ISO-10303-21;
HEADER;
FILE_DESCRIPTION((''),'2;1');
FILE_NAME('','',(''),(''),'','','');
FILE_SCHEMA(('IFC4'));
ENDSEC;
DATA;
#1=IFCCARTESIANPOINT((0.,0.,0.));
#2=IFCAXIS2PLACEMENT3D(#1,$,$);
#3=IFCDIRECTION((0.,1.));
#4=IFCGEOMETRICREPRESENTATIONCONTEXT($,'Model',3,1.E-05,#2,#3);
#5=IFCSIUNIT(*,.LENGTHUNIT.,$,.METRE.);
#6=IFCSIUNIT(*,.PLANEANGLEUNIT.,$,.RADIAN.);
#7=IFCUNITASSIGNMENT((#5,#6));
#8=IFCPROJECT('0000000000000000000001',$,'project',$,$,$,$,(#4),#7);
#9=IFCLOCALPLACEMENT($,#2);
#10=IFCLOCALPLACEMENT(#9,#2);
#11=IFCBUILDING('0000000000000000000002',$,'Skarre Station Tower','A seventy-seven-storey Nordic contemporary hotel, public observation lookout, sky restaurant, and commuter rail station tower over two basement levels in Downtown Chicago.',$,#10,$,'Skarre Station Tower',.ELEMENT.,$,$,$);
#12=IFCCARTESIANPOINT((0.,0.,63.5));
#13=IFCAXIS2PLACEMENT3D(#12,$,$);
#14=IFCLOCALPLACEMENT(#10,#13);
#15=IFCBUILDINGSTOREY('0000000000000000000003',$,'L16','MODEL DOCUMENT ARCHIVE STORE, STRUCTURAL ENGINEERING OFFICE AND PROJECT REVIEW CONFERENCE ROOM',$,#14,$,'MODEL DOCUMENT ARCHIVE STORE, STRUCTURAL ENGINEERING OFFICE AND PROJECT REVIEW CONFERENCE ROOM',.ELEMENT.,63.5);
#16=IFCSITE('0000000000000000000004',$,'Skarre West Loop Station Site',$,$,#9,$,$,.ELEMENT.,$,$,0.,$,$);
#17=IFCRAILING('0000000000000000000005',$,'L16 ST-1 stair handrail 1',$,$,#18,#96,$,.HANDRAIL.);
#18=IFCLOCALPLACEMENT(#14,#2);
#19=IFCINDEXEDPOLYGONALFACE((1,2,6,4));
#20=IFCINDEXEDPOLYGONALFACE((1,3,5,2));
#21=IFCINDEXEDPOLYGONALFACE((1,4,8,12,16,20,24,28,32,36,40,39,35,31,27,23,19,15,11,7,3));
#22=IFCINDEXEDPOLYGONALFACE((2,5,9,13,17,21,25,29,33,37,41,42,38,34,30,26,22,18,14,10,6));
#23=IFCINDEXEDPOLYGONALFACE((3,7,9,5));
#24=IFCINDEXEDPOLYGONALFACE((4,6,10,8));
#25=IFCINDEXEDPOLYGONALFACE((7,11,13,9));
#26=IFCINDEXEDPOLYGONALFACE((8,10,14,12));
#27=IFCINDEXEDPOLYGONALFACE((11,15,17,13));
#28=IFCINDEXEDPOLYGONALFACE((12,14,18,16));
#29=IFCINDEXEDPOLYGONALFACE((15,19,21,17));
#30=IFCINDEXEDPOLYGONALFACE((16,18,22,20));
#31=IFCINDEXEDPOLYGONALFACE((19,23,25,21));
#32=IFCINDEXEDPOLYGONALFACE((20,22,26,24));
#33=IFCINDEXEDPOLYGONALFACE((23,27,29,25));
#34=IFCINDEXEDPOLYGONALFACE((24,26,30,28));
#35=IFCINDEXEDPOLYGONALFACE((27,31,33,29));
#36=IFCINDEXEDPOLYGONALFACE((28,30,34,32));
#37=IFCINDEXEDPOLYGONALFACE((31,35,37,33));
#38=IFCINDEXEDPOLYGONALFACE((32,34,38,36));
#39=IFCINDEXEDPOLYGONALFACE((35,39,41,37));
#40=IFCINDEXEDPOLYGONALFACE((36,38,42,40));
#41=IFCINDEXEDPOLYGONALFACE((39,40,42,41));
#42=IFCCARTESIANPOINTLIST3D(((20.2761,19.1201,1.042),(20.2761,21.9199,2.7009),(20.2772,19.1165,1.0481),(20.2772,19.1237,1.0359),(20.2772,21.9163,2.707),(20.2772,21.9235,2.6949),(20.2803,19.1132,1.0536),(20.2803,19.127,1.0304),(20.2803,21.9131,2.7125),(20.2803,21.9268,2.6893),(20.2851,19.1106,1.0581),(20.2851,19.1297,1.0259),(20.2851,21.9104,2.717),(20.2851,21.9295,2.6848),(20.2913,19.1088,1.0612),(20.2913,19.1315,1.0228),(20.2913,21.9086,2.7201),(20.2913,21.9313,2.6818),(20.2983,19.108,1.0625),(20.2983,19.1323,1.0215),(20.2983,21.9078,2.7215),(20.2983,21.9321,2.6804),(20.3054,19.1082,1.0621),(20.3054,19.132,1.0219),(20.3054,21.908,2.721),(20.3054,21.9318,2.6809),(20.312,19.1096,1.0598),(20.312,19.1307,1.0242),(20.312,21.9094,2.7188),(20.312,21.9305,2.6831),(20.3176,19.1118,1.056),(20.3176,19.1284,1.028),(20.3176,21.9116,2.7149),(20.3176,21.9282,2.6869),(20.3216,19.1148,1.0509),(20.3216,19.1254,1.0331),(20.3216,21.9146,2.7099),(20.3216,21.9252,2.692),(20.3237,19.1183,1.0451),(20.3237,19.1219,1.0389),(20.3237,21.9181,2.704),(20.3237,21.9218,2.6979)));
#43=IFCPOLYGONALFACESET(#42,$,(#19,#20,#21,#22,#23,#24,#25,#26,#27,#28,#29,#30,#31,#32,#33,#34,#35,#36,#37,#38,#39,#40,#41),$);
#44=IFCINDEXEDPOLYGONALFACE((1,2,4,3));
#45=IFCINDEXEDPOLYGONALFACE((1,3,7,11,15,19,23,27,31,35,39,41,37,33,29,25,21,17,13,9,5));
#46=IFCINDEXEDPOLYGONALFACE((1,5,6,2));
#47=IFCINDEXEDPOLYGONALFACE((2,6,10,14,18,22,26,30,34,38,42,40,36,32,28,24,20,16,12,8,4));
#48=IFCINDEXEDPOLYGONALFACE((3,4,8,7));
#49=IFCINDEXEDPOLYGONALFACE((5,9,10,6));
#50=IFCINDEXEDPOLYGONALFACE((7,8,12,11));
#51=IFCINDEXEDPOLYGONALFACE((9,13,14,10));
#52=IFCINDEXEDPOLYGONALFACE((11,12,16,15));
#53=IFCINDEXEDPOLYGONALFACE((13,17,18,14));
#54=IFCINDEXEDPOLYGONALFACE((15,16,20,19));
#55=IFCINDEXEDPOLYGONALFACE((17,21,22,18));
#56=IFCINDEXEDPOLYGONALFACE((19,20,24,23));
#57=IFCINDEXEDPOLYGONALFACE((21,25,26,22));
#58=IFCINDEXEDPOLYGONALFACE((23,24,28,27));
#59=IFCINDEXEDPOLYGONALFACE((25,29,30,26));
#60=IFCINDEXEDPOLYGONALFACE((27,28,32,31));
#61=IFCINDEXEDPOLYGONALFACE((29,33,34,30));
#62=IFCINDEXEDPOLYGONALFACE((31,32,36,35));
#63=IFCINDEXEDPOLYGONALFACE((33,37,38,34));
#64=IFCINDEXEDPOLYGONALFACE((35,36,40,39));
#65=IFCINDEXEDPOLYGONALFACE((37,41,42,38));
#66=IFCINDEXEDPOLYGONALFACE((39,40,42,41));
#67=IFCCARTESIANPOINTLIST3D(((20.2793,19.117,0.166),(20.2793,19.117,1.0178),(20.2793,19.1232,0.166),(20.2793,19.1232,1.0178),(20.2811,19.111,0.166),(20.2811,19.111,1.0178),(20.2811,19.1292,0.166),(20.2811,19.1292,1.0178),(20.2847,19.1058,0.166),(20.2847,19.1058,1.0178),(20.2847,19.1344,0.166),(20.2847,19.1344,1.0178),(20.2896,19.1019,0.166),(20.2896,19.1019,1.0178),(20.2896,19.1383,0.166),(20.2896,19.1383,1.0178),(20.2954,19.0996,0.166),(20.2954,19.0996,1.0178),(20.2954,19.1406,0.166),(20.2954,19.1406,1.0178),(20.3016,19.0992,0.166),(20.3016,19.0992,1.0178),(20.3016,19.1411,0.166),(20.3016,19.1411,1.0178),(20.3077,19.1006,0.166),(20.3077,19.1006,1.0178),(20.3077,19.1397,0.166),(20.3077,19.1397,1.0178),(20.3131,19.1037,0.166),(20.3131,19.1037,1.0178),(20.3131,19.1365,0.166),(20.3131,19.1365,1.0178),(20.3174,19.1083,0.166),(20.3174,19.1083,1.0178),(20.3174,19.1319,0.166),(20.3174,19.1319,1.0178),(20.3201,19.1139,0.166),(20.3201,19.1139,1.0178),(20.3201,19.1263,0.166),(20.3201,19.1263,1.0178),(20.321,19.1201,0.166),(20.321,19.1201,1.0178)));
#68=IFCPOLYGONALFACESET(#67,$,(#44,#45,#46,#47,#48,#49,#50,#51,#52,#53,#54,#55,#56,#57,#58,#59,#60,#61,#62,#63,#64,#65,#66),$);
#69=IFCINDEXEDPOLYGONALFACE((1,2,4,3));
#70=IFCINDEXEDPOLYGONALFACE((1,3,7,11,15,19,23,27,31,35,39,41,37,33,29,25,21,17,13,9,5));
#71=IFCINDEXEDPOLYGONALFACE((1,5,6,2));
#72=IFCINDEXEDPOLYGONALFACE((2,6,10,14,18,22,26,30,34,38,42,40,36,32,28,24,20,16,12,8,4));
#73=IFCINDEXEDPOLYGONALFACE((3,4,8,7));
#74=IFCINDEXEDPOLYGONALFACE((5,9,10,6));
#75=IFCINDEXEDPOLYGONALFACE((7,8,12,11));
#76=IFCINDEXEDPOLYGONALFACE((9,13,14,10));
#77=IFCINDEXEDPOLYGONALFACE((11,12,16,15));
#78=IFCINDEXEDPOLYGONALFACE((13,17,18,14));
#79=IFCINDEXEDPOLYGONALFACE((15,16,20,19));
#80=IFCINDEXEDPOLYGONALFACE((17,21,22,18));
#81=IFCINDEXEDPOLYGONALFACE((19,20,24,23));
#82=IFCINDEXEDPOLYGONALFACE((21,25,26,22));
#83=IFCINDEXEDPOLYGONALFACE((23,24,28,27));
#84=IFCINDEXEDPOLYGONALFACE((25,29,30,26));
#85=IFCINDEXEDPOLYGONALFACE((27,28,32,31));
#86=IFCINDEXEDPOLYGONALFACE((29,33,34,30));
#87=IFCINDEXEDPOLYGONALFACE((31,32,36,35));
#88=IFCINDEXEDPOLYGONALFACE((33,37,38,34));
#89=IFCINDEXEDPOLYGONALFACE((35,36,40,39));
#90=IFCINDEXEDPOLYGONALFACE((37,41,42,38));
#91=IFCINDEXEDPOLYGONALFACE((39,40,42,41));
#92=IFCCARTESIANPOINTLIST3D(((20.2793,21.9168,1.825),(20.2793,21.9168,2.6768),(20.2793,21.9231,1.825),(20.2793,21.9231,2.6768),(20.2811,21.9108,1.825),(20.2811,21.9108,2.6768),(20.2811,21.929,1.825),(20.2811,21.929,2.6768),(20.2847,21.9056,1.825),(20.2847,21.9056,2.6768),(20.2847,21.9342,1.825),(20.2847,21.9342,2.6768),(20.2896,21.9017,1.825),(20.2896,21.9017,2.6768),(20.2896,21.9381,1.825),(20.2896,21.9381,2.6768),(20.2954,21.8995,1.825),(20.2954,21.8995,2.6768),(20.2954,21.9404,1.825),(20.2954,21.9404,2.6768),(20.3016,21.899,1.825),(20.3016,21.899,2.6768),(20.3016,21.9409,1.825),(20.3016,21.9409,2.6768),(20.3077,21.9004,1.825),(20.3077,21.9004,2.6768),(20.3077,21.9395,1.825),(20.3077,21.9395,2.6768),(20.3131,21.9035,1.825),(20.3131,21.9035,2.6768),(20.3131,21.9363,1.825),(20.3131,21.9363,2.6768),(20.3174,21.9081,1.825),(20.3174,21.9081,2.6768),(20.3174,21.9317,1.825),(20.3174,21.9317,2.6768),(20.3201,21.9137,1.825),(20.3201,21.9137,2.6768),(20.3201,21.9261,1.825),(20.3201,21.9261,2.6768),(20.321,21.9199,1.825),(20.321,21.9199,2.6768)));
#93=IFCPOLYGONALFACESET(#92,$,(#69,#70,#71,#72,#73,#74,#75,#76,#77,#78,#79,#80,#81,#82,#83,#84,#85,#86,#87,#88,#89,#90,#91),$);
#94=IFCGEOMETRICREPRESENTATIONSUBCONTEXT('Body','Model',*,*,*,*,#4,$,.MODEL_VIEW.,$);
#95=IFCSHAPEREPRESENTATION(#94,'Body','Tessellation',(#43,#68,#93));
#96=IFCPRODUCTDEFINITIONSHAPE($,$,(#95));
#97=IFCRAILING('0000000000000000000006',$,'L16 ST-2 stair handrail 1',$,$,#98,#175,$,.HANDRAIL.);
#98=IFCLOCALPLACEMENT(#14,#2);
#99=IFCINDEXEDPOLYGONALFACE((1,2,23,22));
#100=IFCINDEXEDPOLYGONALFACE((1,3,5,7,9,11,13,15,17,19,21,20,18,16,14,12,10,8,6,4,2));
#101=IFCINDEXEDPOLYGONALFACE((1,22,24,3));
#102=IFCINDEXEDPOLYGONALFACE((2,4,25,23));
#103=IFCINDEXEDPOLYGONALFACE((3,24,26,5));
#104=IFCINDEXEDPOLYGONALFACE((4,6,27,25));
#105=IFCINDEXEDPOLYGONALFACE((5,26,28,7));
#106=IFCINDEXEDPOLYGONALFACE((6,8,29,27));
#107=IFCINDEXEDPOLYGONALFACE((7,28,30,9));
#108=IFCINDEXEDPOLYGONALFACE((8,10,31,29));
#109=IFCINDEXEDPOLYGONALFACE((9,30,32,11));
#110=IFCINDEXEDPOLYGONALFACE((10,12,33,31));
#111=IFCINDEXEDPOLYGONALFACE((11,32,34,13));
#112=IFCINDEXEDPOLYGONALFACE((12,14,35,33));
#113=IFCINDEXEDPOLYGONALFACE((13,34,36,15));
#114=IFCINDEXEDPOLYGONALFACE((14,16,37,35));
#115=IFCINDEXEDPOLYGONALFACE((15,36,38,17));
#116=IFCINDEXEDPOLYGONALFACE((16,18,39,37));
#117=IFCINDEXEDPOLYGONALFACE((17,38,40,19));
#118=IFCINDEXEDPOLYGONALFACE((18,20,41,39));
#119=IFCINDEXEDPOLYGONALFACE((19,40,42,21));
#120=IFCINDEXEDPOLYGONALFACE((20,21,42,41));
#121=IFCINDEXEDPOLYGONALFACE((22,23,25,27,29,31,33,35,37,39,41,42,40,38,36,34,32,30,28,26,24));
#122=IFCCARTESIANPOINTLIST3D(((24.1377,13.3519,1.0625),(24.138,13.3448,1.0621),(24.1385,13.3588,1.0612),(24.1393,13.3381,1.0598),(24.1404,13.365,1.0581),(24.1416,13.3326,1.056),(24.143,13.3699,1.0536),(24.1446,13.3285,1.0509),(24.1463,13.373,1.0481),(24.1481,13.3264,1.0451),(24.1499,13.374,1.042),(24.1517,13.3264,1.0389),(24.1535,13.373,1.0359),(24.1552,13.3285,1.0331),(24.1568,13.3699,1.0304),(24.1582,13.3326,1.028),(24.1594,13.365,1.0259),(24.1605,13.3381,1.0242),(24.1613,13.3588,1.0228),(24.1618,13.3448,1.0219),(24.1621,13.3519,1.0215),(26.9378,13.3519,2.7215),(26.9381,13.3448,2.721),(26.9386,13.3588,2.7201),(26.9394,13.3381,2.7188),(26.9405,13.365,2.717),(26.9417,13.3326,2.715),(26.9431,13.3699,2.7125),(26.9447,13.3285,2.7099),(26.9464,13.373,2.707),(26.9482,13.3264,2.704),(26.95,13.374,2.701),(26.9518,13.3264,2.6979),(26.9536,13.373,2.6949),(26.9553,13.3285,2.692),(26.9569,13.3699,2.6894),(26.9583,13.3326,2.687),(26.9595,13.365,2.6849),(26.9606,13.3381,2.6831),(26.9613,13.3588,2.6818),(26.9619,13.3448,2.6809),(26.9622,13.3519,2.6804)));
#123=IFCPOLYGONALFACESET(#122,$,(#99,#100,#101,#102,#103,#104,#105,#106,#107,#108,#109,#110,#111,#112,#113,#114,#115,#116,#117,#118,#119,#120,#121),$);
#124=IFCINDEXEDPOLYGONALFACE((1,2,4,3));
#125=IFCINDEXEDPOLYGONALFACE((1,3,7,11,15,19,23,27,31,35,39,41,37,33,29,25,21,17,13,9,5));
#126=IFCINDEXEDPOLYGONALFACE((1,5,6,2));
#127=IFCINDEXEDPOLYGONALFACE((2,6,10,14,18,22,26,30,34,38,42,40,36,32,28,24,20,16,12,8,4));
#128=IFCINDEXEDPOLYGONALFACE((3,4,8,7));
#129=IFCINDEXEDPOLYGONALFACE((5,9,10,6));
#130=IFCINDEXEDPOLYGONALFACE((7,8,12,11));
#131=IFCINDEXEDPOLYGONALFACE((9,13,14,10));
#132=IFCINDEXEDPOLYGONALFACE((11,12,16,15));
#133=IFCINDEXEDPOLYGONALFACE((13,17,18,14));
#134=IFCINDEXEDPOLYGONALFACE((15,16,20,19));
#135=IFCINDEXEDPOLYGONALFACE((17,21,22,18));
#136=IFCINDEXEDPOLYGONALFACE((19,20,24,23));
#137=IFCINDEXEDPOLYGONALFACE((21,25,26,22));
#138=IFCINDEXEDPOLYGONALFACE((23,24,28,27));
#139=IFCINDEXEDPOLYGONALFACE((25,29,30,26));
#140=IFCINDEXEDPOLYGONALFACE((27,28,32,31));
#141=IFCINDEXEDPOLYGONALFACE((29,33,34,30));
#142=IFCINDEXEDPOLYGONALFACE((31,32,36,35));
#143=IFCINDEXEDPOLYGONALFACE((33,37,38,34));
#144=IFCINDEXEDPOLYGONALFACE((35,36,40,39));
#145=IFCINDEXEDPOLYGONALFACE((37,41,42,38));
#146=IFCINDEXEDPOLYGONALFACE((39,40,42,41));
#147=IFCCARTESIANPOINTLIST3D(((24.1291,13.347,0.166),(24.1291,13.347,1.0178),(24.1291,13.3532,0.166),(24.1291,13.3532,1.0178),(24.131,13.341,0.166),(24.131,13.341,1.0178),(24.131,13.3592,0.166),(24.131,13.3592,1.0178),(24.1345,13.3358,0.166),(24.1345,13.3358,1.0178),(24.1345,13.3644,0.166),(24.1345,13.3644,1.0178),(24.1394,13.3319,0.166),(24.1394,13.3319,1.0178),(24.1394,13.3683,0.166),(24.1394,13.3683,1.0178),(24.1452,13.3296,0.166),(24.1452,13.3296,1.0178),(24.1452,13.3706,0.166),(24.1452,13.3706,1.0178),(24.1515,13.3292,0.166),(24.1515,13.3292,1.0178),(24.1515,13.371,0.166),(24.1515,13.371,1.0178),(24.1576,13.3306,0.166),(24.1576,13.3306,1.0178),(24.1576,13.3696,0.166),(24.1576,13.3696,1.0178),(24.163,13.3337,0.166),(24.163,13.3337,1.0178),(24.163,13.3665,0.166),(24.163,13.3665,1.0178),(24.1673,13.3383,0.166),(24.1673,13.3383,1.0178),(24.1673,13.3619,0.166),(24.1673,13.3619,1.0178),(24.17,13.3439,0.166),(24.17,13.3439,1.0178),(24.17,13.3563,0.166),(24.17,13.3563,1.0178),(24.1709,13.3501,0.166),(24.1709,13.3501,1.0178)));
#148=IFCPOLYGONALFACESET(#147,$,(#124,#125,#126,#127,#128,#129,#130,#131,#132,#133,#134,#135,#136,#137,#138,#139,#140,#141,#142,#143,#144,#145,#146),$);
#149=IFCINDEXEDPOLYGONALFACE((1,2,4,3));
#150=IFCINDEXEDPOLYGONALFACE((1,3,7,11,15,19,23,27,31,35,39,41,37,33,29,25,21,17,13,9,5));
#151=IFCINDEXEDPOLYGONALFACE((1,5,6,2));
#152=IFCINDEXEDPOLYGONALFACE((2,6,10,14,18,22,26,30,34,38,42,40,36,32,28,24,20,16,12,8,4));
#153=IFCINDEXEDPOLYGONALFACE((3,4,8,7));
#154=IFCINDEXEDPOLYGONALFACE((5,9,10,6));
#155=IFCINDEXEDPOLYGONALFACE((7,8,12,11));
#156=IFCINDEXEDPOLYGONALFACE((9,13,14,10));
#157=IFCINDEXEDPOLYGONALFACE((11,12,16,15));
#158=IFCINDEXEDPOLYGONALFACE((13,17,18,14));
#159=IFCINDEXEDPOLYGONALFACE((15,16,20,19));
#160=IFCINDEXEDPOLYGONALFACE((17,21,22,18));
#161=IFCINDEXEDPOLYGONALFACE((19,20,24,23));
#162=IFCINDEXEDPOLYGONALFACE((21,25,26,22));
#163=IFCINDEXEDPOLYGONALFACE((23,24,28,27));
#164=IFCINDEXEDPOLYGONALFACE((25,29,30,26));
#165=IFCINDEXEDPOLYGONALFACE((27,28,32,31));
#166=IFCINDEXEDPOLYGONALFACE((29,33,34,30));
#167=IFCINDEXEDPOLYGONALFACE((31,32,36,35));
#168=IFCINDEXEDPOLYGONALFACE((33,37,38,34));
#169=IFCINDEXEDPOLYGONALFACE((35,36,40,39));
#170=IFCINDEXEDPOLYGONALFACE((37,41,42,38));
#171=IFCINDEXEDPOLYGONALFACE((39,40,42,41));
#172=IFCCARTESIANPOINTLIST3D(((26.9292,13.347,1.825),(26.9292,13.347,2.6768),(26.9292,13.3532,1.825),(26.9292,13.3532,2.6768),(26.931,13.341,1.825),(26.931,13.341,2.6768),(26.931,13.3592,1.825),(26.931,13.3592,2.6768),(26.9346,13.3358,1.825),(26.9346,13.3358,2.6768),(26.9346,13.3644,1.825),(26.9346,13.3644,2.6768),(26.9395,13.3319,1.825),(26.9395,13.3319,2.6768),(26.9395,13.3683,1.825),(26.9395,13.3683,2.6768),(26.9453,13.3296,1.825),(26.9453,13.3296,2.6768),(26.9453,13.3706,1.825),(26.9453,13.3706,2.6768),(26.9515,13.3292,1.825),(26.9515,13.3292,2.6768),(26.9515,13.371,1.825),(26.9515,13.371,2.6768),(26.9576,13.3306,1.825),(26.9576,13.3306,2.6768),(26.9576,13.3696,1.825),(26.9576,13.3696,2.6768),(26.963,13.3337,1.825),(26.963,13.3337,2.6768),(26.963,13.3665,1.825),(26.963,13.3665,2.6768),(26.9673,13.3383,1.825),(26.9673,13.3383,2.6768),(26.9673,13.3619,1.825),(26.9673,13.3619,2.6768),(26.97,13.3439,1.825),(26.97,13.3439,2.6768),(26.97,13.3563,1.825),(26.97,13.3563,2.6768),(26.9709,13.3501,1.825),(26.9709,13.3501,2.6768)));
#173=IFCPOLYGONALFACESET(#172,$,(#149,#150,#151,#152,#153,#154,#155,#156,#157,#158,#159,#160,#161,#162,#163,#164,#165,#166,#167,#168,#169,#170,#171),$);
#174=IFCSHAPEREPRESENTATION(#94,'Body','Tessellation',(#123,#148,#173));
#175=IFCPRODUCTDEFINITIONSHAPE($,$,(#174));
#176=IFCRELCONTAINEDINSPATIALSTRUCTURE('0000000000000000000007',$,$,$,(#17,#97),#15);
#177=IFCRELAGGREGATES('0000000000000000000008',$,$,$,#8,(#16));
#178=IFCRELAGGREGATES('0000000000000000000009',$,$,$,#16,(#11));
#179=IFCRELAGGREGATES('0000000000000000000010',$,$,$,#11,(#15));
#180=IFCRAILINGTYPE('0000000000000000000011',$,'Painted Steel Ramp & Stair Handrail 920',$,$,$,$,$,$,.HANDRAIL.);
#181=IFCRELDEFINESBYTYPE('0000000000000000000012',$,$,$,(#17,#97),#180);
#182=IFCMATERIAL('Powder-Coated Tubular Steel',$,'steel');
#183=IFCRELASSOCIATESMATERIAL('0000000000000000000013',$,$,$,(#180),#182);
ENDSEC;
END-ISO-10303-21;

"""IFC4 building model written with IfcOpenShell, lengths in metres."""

from ifc_helpers import new_model, si_unit, direction, frame, origin, origin_2d, place, context, subcontext, project, spatial, circle, extrude, material, type_object, element, save


model = new_model("IFC4")

# Units and contexts
model_context = context("Model", 3, precision=1e-05, world=origin(), true_north=direction((0.0, 1.0)))
body_context = subcontext(model_context, "Body", "Model", "MODEL_VIEW")
ifc_project = project(units=[si_unit("LENGTHUNIT", "METRE"), si_unit("PLANEANGLEUNIT", "RADIAN")], contexts=[model_context])

# Site, building, storey
site_placement = place(None, origin())
site = spatial("IfcSite", under=ifc_project, at=site_placement, Name="Skarre West Loop Station Site", CompositionType="ELEMENT", RefElevation=0.0)
building_placement = place(site_placement, origin())
building = spatial("IfcBuilding", under=site, at=building_placement, Name="Skarre Station Tower", Description="A seventy-seven-storey Nordic contemporary hotel, public observation lookout, sky restaurant, and commuter rail station tower over two basement levels in Downtown Chicago.", LongName="Skarre Station Tower", CompositionType="ELEMENT")
storey_placement = place(building_placement, frame((0.0, 0.0, 63.5)))
storey = spatial("IfcBuildingStorey", under=building, at=storey_placement, Name="L16", Description="MODEL DOCUMENT ARCHIVE STORE, STRUCTURAL ENGINEERING OFFICE AND PROJECT REVIEW CONFERENCE ROOM", LongName="MODEL DOCUMENT ARCHIVE STORE, STRUCTURAL ENGINEERING OFFICE AND PROJECT REVIEW CONFERENCE ROOM", CompositionType="ELEMENT", Elevation=63.5)

# Railings
ifc_material_1 = material(Name="Powder-Coated Tubular Steel", Category="steel")
railing_type_1 = type_object("IfcRailingType", Name="Painted Steel Ramp & Stair Handrail 920", PredefinedType="HANDRAIL", material=ifc_material_1)
railing_1_placement = place(storey_placement, frame((20.3, 19.1201, 0.166)))
element("IfcRailing", 1, at=railing_1_placement, inside=storey, type_object=railing_type_1, Name="L16 ST-1 stair handrail 1", PredefinedType="HANDRAIL", context=body_context, shape_type="SweptSolid", body=[
    extrude(circle(Radius=0.0239, at=origin_2d()), frame((0.0, 0.0, 0.876), z_axis=(0.0, 0.86032, 0.509755), x_axis=(-1.0, 0.0, 0.0)), (0.0, 0.0, 1.0), 3.2544),
    extrude(circle(Radius=0.021, at=origin_2d()), origin(), (0.0, 0.0, 1.0), 0.8518),
    extrude(circle(Radius=0.021, at=origin_2d()), frame((0.0, 2.7998, 1.6589)), (0.0, 0.0, 1.0), 0.8518),
])
railing_2_placement = place(storey_placement, frame((24.1499, 13.3501, 0.166)))
element("IfcRailing", 2, at=railing_2_placement, inside=storey, type_object=railing_type_1, Name="L16 ST-2 stair handrail 1", PredefinedType="HANDRAIL", context=body_context, shape_type="SweptSolid", body=[
    extrude(circle(Radius=0.0239, at=origin_2d()), frame((0.0, 0.0, 0.876), z_axis=(0.860339, 0.0, 0.509722), x_axis=(0.0, 1.0, 0.0)), (0.0, 0.0, 1.0), 3.2546),
    extrude(circle(Radius=0.021, at=origin_2d()), origin(), (0.0, 0.0, 1.0), 0.8518),
    extrude(circle(Radius=0.021, at=origin_2d()), frame((2.8, 0.0, 1.6589)), (0.0, 0.0, 1.0), 0.8518),
])

save(model, "model.ifc")
